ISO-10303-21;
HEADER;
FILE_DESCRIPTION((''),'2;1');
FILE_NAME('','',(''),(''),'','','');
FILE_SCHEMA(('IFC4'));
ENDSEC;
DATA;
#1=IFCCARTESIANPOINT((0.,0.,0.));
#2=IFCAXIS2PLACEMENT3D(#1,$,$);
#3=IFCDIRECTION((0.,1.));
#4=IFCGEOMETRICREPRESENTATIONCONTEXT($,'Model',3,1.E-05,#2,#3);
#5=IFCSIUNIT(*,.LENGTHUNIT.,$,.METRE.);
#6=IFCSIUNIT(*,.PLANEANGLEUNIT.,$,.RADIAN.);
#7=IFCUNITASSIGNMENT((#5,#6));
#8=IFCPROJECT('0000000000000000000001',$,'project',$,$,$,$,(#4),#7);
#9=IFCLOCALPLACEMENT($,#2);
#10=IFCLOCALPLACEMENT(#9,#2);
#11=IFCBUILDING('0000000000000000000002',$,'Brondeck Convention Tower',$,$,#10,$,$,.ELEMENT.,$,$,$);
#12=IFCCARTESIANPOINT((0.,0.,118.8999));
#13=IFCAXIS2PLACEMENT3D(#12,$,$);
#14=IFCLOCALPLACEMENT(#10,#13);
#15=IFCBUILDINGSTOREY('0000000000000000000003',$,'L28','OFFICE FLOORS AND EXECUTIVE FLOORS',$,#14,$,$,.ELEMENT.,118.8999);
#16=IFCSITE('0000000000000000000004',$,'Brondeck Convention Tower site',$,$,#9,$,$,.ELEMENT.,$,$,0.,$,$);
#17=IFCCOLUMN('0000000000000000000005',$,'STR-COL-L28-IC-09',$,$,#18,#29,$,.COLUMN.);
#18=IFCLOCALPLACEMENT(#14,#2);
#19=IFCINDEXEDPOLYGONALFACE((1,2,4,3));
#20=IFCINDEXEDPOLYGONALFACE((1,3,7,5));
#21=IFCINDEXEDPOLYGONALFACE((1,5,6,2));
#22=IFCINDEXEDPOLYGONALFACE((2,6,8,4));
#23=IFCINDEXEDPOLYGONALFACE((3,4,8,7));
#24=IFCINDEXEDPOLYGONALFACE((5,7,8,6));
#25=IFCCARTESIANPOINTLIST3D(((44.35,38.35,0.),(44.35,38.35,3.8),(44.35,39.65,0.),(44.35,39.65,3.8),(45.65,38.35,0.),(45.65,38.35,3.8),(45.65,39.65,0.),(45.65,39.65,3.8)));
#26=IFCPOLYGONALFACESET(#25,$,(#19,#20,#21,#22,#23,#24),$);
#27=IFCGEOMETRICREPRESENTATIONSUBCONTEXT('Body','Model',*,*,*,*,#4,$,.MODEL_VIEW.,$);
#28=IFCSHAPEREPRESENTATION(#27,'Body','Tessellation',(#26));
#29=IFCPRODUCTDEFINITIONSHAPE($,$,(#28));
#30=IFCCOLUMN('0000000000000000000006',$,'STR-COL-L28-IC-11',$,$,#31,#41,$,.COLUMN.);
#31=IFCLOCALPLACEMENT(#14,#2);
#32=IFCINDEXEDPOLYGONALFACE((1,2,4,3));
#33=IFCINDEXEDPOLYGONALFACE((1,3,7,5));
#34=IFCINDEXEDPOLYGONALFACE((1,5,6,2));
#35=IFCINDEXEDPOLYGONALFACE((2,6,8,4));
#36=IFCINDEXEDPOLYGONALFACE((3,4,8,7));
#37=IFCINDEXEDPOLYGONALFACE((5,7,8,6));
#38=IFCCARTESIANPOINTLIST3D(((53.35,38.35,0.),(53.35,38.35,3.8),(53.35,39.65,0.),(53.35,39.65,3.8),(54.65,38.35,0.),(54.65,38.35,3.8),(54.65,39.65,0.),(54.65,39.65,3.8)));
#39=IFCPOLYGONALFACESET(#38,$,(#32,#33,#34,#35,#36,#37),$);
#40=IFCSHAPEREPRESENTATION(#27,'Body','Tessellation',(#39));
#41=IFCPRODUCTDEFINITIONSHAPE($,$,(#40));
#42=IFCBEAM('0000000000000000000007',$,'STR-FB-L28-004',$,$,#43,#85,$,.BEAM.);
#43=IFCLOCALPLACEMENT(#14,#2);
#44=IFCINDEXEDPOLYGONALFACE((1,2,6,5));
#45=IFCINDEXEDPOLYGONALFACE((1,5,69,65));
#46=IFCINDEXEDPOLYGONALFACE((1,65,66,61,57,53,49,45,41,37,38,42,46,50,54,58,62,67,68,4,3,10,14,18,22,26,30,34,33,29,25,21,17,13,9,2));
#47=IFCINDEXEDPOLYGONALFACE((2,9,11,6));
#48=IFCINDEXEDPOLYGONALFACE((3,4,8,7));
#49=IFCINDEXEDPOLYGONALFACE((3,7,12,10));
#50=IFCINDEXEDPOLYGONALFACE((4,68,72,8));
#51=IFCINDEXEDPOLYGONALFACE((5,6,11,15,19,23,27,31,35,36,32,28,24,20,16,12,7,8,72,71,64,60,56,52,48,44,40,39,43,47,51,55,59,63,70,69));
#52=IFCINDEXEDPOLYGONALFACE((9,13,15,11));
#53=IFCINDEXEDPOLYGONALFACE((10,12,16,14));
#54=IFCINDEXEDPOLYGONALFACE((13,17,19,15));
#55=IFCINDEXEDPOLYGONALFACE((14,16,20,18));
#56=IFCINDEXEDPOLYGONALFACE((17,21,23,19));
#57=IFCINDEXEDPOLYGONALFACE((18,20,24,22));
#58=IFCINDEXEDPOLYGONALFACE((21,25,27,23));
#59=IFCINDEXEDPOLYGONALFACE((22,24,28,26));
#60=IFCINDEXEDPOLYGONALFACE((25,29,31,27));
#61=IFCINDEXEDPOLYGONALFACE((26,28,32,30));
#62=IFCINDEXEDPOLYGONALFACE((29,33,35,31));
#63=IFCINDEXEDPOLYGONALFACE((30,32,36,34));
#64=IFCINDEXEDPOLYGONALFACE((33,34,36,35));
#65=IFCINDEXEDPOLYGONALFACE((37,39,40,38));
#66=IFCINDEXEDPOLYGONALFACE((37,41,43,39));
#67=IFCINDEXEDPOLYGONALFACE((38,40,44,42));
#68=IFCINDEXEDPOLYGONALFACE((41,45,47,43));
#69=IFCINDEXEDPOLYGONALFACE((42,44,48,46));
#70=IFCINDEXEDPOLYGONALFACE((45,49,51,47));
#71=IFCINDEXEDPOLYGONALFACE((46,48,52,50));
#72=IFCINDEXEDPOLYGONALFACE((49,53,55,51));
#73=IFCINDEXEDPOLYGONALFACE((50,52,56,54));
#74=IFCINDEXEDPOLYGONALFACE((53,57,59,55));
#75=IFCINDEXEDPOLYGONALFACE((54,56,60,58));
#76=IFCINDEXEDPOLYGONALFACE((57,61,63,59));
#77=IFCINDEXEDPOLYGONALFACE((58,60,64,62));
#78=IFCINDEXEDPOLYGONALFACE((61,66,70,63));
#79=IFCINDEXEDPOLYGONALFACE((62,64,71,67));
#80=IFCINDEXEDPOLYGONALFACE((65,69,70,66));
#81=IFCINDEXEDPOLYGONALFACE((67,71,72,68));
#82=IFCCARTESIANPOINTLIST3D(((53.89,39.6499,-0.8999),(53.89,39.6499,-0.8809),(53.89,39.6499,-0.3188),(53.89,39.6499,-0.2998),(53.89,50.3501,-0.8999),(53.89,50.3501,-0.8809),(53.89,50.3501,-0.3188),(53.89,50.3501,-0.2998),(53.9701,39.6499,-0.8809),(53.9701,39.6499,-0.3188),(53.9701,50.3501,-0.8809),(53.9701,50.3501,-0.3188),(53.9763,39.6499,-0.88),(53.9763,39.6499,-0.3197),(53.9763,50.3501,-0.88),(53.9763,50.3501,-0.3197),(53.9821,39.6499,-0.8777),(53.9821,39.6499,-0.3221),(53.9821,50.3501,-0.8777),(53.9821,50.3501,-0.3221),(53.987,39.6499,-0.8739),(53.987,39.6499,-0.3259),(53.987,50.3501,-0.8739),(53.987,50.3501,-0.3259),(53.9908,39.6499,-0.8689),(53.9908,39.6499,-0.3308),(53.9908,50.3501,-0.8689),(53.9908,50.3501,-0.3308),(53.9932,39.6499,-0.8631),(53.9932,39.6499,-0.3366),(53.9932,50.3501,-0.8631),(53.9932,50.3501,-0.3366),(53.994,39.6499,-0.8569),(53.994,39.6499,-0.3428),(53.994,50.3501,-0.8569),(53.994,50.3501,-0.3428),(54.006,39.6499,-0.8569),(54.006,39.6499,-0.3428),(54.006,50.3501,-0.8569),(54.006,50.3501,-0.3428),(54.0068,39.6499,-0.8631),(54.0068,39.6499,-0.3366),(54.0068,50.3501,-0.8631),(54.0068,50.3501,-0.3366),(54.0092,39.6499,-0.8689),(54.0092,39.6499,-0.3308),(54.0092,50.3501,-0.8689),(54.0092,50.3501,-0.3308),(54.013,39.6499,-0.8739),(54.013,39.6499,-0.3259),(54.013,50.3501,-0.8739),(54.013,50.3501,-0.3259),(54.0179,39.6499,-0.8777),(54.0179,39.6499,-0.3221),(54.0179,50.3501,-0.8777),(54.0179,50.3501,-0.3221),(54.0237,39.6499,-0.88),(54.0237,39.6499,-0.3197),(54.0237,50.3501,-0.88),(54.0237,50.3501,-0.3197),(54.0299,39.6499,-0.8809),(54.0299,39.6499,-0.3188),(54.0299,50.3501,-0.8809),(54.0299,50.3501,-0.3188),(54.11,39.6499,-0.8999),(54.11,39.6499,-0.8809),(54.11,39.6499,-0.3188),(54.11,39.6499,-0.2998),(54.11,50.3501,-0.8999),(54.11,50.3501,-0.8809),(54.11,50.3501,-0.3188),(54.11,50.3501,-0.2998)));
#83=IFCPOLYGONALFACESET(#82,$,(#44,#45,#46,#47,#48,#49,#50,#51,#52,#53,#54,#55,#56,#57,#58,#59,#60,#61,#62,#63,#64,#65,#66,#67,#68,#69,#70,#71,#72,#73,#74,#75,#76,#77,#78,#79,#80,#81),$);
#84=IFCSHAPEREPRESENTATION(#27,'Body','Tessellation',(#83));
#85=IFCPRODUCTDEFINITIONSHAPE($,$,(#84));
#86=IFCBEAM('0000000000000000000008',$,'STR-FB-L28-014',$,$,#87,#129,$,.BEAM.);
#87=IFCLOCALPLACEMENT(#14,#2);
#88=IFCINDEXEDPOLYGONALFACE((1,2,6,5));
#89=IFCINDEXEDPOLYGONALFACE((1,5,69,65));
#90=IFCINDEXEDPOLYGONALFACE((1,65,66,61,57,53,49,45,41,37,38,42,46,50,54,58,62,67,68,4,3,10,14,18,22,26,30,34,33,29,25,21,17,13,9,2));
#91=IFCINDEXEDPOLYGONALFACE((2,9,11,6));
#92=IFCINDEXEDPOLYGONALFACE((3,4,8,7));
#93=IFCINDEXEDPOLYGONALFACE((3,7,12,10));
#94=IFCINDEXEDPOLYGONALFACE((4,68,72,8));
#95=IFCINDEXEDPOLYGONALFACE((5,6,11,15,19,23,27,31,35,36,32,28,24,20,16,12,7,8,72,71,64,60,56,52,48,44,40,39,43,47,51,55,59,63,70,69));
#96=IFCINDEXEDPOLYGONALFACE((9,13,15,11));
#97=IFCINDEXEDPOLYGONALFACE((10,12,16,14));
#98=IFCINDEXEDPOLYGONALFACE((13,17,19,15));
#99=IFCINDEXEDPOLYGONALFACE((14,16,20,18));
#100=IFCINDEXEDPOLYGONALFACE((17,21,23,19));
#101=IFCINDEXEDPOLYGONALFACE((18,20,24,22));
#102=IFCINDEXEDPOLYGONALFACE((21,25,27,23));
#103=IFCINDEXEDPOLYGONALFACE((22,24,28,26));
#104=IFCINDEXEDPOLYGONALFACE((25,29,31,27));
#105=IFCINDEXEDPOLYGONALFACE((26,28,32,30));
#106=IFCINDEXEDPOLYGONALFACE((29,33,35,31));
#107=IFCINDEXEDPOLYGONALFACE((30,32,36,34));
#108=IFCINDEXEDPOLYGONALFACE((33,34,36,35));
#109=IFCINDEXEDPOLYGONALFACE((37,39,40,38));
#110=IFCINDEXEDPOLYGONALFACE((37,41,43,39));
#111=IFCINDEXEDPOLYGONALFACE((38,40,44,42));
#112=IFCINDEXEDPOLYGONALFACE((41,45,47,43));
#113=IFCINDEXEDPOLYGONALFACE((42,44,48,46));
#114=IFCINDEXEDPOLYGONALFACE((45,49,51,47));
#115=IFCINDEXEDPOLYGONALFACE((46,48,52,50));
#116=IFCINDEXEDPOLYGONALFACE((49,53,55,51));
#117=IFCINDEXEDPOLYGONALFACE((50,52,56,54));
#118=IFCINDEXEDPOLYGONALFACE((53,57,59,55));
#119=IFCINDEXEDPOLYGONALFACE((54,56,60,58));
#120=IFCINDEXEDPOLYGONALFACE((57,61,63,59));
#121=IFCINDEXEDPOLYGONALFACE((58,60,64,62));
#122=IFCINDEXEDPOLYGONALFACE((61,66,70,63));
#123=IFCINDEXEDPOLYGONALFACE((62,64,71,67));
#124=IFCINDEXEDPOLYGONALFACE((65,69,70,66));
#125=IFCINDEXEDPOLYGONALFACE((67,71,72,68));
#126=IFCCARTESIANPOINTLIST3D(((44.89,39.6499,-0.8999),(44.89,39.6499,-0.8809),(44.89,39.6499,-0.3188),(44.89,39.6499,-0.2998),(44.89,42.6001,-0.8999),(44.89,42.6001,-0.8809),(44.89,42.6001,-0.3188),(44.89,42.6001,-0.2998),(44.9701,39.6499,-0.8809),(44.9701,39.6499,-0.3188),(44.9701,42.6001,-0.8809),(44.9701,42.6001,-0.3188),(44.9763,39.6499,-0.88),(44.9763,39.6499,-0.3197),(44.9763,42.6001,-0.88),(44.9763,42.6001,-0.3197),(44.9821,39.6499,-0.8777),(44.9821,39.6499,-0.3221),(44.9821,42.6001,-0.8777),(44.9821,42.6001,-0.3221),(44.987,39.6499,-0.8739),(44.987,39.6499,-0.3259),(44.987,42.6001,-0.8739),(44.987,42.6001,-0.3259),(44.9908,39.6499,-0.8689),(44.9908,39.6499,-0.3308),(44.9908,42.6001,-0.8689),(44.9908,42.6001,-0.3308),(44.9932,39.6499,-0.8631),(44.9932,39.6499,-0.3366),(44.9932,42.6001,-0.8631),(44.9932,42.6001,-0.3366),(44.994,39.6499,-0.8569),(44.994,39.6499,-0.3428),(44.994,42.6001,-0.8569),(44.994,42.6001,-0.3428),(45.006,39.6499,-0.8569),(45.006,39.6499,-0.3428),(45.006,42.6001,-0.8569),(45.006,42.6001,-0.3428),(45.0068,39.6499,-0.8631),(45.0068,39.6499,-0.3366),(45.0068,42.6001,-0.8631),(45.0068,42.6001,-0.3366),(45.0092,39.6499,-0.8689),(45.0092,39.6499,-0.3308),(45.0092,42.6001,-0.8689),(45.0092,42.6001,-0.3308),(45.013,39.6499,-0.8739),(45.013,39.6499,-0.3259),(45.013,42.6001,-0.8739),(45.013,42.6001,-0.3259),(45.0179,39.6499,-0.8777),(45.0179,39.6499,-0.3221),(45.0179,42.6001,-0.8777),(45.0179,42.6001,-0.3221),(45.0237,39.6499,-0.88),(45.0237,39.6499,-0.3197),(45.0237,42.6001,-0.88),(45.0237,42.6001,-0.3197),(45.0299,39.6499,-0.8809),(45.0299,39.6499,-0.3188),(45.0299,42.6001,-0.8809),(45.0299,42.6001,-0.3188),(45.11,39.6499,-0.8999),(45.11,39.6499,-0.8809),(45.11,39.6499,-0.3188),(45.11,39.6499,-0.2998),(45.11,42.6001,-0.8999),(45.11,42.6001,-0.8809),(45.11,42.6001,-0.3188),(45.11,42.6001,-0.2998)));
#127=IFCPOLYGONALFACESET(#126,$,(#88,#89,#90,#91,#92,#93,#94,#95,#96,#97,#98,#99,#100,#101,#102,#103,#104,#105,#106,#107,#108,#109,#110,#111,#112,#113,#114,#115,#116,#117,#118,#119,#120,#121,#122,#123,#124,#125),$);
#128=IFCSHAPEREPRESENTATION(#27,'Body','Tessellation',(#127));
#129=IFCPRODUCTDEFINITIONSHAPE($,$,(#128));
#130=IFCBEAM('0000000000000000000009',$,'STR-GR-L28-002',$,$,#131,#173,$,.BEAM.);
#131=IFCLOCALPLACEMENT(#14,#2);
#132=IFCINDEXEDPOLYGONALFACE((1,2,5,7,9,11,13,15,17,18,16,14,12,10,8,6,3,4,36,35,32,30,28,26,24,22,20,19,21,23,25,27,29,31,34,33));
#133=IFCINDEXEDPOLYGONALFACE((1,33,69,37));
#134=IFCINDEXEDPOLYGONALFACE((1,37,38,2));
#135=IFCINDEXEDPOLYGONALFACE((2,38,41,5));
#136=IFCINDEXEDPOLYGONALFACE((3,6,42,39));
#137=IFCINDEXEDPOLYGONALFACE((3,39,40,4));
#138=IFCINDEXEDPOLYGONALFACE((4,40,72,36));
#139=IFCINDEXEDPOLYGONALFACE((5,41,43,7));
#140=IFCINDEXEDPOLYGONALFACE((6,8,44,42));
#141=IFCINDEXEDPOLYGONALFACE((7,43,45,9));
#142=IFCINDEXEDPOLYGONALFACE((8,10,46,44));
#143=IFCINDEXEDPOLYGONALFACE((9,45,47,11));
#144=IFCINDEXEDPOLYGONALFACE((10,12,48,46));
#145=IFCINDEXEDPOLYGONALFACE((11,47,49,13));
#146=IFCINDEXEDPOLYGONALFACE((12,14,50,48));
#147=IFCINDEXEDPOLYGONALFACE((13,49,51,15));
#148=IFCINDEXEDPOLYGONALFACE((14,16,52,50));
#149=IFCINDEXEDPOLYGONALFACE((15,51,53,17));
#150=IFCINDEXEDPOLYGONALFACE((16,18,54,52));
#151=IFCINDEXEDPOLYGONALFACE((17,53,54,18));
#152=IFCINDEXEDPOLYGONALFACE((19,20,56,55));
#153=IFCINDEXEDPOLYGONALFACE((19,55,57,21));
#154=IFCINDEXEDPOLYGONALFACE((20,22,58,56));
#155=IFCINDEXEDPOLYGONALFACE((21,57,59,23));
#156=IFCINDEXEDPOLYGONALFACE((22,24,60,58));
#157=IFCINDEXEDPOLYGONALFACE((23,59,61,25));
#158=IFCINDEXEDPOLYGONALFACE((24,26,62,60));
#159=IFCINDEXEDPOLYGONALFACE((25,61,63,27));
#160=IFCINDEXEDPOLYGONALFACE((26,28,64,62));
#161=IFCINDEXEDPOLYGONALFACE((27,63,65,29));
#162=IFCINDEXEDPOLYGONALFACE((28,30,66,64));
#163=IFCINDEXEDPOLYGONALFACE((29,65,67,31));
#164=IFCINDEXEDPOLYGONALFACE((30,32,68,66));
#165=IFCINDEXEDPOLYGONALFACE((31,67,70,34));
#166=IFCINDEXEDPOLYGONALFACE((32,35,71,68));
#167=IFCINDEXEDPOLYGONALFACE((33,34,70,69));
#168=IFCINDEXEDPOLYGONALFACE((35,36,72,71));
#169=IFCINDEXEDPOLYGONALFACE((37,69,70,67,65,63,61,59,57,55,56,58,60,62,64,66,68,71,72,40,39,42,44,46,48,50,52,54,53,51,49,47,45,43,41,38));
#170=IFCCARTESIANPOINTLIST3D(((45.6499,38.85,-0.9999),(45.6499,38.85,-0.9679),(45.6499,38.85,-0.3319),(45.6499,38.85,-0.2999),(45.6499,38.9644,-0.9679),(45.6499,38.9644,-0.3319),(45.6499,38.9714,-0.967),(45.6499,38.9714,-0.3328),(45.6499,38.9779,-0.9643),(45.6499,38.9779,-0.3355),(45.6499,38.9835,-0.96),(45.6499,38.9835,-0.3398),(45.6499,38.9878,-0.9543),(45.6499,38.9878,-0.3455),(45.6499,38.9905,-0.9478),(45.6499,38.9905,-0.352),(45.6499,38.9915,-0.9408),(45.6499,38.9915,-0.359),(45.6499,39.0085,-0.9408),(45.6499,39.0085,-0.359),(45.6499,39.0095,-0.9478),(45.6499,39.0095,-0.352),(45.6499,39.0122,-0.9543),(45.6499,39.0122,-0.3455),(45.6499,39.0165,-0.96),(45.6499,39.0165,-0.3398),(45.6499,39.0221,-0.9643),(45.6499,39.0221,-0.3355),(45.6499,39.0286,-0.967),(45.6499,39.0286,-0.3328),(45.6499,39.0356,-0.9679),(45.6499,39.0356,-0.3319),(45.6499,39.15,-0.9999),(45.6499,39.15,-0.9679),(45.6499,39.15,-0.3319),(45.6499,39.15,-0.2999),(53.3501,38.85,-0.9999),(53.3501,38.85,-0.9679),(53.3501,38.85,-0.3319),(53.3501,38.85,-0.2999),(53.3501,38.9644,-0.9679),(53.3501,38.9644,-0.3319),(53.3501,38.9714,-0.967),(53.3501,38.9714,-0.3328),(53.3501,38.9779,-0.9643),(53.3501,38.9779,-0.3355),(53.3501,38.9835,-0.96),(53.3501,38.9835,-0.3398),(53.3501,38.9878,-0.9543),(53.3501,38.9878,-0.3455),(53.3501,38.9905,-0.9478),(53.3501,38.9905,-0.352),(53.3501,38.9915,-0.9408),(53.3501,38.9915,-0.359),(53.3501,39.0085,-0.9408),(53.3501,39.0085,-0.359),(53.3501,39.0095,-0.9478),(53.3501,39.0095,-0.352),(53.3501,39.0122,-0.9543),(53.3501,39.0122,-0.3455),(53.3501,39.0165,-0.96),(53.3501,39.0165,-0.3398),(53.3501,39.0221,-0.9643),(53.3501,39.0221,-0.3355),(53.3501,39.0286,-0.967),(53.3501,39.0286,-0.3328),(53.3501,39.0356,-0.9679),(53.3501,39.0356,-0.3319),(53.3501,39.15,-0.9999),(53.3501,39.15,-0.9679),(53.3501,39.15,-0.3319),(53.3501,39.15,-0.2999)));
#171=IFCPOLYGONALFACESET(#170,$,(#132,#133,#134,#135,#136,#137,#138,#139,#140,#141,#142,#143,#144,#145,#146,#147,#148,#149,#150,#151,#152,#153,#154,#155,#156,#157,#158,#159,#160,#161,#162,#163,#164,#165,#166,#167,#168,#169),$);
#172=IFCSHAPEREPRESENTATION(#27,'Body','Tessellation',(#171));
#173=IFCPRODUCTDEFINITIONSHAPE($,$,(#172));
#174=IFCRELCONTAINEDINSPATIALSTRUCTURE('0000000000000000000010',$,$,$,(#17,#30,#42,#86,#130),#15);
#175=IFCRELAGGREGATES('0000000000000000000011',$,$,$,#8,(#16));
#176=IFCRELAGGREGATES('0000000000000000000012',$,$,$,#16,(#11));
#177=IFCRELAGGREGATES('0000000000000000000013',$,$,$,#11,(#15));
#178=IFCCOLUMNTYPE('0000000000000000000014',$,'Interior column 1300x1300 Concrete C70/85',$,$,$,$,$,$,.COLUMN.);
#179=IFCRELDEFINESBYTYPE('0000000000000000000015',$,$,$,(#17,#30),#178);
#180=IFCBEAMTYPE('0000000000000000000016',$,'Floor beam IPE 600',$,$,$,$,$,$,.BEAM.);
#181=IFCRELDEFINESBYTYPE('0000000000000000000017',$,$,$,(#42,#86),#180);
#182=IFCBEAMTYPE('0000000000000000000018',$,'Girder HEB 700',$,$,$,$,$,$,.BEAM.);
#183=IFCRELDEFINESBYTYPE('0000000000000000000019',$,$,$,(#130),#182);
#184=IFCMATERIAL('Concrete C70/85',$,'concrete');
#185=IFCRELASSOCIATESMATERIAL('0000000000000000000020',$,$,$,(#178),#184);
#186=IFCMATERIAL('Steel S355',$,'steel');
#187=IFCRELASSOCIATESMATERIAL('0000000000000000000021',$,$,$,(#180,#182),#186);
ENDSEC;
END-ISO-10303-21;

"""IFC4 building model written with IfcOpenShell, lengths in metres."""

from ifc_helpers import new_model, si_unit, direction, frame, origin, origin_2d, place, context, subcontext, project, spatial, rectangle, i_section, extrude, material, material_profile, profile_set, type_object, element, save


model = new_model("IFC4")

# Units and contexts
model_context = context("Model", 3, precision=1e-05, world=origin(), true_north=direction((0.0, 1.0)))
body_context = subcontext(model_context, "Body", "Model", "MODEL_VIEW")
ifc_project = project(units=[si_unit("LENGTHUNIT", "METRE"), si_unit("PLANEANGLEUNIT", "RADIAN")], contexts=[model_context])

# Site, building, storey
site_placement = place(None, origin())
site = spatial("IfcSite", under=ifc_project, at=site_placement, Name="Brondeck Convention Tower site", CompositionType="ELEMENT", RefElevation=0.0)
building_placement = place(site_placement, origin())
building = spatial("IfcBuilding", under=site, at=building_placement, Name="Brondeck Convention Tower", CompositionType="ELEMENT")
storey_placement = place(building_placement, frame((0.0, 0.0, 118.8999)))
storey = spatial("IfcBuildingStorey", under=building, at=storey_placement, Name="L28", Description="OFFICE FLOORS AND EXECUTIVE FLOORS", CompositionType="ELEMENT", Elevation=118.8999)

# Columns
ifc_material_1 = material(Name="Concrete C70/85", Category="concrete")
ifc_material_profile_1 = material_profile(ifc_material_1, rectangle(XDim=1.3, YDim=1.3, at=origin_2d()), Name="Interior column 1300x1300 Concrete C70/85")
ifc_profile_set_1 = profile_set([ifc_material_profile_1], Name="Concrete C70/85")
column_type = type_object("IfcColumnType", Name="Interior column 1300x1300 Concrete C70/85", PredefinedType="COLUMN", material=ifc_profile_set_1)
for number, where, z_axis, x_axis, name in (
    (1, (45.0, 39.0, 0.0), (0.0, 0.0, 1.0), (1.0, 0.0, 0.0), "STR-COL-L28-IC-09"),
    (2, (54.0, 39.0, 0.0), (0.0, 0.0, 1.0), (1.0, 0.0, 0.0), "STR-COL-L28-IC-11"),
):
    element("IfcColumn", number, at=place(storey_placement, frame(where, z_axis=z_axis, x_axis=x_axis)), inside=storey, type_object=column_type, Name=name, PredefinedType="COLUMN", context=body_context, shape_type="SweptSolid", body=[
        extrude(rectangle(XDim=1.3, YDim=1.3, at=origin_2d()), origin(), (0.0, 0.0, 1.0), 3.8),
    ])

# Beams
ifc_material_2 = material(Name="Steel S355", Category="steel")
ifc_material_profile_2 = material_profile(ifc_material_2, i_section(OverallWidth=0.22, OverallDepth=0.6001, WebThickness=0.012, FlangeThickness=0.019, FilletRadius=0.0239, at=origin_2d()), Name="IPE 600")
ifc_profile_set_2 = profile_set([ifc_material_profile_2], Name="Steel S355")
beam_type_1 = type_object("IfcBeamType", Name="Floor beam IPE 600", PredefinedType="BEAM", material=ifc_profile_set_2)
beam_1_placement = place(storey_placement, frame((54.0, 39.6499, -0.5999), z_axis=(0.0, 1.0, 0.0), x_axis=(-1.0, 0.0, 0.0)))
element("IfcBeam", 3, at=beam_1_placement, inside=storey, type_object=beam_type_1, Name="STR-FB-L28-004", PredefinedType="BEAM", context=body_context, shape_type="SweptSolid", body=[
    extrude(i_section(OverallWidth=0.22, OverallDepth=0.6001, WebThickness=0.012, FlangeThickness=0.019, FilletRadius=0.0239, at=origin_2d()), origin(), (0.0, 0.0, 1.0), 10.7002),
])
beam_2_placement = place(storey_placement, frame((45.0, 39.6499, -0.5999), z_axis=(0.0, 1.0, 0.0), x_axis=(-1.0, 0.0, 0.0)))
element("IfcBeam", 4, at=beam_2_placement, inside=storey, type_object=beam_type_1, Name="STR-FB-L28-014", PredefinedType="BEAM", context=body_context, shape_type="SweptSolid", body=[
    extrude(i_section(OverallWidth=0.22, OverallDepth=0.6001, WebThickness=0.012, FlangeThickness=0.019, FilletRadius=0.0239, at=origin_2d()), origin(), (0.0, 0.0, 1.0), 2.9502),
])
ifc_material_profile_3 = material_profile(ifc_material_2, i_section(OverallWidth=0.3, OverallDepth=0.7, WebThickness=0.0171, FlangeThickness=0.032, FilletRadius=0.0271, at=origin_2d()), Name="HEB 700")
ifc_profile_set_3 = profile_set([ifc_material_profile_3], Name="Steel S355")
beam_type_2 = type_object("IfcBeamType", Name="Girder HEB 700", PredefinedType="BEAM", material=ifc_profile_set_3)
for number, where, z_axis, x_axis, name in (
    (5, (45.6499, 39.0, -0.6499), (1.0, 0.0, 0.0), (0.0, 1.0, 0.0), "STR-GR-L28-002"),
):
    element("IfcBeam", number, at=place(storey_placement, frame(where, z_axis=z_axis, x_axis=x_axis)), inside=storey, type_object=beam_type_2, Name=name, PredefinedType="BEAM", context=body_context, shape_type="SweptSolid", body=[
        extrude(i_section(OverallWidth=0.3, OverallDepth=0.7, WebThickness=0.0171, FlangeThickness=0.032, FilletRadius=0.0271, at=origin_2d()), origin(), (0.0, 0.0, 1.0), 7.7002),
    ])

save(model, "model.ifc")
